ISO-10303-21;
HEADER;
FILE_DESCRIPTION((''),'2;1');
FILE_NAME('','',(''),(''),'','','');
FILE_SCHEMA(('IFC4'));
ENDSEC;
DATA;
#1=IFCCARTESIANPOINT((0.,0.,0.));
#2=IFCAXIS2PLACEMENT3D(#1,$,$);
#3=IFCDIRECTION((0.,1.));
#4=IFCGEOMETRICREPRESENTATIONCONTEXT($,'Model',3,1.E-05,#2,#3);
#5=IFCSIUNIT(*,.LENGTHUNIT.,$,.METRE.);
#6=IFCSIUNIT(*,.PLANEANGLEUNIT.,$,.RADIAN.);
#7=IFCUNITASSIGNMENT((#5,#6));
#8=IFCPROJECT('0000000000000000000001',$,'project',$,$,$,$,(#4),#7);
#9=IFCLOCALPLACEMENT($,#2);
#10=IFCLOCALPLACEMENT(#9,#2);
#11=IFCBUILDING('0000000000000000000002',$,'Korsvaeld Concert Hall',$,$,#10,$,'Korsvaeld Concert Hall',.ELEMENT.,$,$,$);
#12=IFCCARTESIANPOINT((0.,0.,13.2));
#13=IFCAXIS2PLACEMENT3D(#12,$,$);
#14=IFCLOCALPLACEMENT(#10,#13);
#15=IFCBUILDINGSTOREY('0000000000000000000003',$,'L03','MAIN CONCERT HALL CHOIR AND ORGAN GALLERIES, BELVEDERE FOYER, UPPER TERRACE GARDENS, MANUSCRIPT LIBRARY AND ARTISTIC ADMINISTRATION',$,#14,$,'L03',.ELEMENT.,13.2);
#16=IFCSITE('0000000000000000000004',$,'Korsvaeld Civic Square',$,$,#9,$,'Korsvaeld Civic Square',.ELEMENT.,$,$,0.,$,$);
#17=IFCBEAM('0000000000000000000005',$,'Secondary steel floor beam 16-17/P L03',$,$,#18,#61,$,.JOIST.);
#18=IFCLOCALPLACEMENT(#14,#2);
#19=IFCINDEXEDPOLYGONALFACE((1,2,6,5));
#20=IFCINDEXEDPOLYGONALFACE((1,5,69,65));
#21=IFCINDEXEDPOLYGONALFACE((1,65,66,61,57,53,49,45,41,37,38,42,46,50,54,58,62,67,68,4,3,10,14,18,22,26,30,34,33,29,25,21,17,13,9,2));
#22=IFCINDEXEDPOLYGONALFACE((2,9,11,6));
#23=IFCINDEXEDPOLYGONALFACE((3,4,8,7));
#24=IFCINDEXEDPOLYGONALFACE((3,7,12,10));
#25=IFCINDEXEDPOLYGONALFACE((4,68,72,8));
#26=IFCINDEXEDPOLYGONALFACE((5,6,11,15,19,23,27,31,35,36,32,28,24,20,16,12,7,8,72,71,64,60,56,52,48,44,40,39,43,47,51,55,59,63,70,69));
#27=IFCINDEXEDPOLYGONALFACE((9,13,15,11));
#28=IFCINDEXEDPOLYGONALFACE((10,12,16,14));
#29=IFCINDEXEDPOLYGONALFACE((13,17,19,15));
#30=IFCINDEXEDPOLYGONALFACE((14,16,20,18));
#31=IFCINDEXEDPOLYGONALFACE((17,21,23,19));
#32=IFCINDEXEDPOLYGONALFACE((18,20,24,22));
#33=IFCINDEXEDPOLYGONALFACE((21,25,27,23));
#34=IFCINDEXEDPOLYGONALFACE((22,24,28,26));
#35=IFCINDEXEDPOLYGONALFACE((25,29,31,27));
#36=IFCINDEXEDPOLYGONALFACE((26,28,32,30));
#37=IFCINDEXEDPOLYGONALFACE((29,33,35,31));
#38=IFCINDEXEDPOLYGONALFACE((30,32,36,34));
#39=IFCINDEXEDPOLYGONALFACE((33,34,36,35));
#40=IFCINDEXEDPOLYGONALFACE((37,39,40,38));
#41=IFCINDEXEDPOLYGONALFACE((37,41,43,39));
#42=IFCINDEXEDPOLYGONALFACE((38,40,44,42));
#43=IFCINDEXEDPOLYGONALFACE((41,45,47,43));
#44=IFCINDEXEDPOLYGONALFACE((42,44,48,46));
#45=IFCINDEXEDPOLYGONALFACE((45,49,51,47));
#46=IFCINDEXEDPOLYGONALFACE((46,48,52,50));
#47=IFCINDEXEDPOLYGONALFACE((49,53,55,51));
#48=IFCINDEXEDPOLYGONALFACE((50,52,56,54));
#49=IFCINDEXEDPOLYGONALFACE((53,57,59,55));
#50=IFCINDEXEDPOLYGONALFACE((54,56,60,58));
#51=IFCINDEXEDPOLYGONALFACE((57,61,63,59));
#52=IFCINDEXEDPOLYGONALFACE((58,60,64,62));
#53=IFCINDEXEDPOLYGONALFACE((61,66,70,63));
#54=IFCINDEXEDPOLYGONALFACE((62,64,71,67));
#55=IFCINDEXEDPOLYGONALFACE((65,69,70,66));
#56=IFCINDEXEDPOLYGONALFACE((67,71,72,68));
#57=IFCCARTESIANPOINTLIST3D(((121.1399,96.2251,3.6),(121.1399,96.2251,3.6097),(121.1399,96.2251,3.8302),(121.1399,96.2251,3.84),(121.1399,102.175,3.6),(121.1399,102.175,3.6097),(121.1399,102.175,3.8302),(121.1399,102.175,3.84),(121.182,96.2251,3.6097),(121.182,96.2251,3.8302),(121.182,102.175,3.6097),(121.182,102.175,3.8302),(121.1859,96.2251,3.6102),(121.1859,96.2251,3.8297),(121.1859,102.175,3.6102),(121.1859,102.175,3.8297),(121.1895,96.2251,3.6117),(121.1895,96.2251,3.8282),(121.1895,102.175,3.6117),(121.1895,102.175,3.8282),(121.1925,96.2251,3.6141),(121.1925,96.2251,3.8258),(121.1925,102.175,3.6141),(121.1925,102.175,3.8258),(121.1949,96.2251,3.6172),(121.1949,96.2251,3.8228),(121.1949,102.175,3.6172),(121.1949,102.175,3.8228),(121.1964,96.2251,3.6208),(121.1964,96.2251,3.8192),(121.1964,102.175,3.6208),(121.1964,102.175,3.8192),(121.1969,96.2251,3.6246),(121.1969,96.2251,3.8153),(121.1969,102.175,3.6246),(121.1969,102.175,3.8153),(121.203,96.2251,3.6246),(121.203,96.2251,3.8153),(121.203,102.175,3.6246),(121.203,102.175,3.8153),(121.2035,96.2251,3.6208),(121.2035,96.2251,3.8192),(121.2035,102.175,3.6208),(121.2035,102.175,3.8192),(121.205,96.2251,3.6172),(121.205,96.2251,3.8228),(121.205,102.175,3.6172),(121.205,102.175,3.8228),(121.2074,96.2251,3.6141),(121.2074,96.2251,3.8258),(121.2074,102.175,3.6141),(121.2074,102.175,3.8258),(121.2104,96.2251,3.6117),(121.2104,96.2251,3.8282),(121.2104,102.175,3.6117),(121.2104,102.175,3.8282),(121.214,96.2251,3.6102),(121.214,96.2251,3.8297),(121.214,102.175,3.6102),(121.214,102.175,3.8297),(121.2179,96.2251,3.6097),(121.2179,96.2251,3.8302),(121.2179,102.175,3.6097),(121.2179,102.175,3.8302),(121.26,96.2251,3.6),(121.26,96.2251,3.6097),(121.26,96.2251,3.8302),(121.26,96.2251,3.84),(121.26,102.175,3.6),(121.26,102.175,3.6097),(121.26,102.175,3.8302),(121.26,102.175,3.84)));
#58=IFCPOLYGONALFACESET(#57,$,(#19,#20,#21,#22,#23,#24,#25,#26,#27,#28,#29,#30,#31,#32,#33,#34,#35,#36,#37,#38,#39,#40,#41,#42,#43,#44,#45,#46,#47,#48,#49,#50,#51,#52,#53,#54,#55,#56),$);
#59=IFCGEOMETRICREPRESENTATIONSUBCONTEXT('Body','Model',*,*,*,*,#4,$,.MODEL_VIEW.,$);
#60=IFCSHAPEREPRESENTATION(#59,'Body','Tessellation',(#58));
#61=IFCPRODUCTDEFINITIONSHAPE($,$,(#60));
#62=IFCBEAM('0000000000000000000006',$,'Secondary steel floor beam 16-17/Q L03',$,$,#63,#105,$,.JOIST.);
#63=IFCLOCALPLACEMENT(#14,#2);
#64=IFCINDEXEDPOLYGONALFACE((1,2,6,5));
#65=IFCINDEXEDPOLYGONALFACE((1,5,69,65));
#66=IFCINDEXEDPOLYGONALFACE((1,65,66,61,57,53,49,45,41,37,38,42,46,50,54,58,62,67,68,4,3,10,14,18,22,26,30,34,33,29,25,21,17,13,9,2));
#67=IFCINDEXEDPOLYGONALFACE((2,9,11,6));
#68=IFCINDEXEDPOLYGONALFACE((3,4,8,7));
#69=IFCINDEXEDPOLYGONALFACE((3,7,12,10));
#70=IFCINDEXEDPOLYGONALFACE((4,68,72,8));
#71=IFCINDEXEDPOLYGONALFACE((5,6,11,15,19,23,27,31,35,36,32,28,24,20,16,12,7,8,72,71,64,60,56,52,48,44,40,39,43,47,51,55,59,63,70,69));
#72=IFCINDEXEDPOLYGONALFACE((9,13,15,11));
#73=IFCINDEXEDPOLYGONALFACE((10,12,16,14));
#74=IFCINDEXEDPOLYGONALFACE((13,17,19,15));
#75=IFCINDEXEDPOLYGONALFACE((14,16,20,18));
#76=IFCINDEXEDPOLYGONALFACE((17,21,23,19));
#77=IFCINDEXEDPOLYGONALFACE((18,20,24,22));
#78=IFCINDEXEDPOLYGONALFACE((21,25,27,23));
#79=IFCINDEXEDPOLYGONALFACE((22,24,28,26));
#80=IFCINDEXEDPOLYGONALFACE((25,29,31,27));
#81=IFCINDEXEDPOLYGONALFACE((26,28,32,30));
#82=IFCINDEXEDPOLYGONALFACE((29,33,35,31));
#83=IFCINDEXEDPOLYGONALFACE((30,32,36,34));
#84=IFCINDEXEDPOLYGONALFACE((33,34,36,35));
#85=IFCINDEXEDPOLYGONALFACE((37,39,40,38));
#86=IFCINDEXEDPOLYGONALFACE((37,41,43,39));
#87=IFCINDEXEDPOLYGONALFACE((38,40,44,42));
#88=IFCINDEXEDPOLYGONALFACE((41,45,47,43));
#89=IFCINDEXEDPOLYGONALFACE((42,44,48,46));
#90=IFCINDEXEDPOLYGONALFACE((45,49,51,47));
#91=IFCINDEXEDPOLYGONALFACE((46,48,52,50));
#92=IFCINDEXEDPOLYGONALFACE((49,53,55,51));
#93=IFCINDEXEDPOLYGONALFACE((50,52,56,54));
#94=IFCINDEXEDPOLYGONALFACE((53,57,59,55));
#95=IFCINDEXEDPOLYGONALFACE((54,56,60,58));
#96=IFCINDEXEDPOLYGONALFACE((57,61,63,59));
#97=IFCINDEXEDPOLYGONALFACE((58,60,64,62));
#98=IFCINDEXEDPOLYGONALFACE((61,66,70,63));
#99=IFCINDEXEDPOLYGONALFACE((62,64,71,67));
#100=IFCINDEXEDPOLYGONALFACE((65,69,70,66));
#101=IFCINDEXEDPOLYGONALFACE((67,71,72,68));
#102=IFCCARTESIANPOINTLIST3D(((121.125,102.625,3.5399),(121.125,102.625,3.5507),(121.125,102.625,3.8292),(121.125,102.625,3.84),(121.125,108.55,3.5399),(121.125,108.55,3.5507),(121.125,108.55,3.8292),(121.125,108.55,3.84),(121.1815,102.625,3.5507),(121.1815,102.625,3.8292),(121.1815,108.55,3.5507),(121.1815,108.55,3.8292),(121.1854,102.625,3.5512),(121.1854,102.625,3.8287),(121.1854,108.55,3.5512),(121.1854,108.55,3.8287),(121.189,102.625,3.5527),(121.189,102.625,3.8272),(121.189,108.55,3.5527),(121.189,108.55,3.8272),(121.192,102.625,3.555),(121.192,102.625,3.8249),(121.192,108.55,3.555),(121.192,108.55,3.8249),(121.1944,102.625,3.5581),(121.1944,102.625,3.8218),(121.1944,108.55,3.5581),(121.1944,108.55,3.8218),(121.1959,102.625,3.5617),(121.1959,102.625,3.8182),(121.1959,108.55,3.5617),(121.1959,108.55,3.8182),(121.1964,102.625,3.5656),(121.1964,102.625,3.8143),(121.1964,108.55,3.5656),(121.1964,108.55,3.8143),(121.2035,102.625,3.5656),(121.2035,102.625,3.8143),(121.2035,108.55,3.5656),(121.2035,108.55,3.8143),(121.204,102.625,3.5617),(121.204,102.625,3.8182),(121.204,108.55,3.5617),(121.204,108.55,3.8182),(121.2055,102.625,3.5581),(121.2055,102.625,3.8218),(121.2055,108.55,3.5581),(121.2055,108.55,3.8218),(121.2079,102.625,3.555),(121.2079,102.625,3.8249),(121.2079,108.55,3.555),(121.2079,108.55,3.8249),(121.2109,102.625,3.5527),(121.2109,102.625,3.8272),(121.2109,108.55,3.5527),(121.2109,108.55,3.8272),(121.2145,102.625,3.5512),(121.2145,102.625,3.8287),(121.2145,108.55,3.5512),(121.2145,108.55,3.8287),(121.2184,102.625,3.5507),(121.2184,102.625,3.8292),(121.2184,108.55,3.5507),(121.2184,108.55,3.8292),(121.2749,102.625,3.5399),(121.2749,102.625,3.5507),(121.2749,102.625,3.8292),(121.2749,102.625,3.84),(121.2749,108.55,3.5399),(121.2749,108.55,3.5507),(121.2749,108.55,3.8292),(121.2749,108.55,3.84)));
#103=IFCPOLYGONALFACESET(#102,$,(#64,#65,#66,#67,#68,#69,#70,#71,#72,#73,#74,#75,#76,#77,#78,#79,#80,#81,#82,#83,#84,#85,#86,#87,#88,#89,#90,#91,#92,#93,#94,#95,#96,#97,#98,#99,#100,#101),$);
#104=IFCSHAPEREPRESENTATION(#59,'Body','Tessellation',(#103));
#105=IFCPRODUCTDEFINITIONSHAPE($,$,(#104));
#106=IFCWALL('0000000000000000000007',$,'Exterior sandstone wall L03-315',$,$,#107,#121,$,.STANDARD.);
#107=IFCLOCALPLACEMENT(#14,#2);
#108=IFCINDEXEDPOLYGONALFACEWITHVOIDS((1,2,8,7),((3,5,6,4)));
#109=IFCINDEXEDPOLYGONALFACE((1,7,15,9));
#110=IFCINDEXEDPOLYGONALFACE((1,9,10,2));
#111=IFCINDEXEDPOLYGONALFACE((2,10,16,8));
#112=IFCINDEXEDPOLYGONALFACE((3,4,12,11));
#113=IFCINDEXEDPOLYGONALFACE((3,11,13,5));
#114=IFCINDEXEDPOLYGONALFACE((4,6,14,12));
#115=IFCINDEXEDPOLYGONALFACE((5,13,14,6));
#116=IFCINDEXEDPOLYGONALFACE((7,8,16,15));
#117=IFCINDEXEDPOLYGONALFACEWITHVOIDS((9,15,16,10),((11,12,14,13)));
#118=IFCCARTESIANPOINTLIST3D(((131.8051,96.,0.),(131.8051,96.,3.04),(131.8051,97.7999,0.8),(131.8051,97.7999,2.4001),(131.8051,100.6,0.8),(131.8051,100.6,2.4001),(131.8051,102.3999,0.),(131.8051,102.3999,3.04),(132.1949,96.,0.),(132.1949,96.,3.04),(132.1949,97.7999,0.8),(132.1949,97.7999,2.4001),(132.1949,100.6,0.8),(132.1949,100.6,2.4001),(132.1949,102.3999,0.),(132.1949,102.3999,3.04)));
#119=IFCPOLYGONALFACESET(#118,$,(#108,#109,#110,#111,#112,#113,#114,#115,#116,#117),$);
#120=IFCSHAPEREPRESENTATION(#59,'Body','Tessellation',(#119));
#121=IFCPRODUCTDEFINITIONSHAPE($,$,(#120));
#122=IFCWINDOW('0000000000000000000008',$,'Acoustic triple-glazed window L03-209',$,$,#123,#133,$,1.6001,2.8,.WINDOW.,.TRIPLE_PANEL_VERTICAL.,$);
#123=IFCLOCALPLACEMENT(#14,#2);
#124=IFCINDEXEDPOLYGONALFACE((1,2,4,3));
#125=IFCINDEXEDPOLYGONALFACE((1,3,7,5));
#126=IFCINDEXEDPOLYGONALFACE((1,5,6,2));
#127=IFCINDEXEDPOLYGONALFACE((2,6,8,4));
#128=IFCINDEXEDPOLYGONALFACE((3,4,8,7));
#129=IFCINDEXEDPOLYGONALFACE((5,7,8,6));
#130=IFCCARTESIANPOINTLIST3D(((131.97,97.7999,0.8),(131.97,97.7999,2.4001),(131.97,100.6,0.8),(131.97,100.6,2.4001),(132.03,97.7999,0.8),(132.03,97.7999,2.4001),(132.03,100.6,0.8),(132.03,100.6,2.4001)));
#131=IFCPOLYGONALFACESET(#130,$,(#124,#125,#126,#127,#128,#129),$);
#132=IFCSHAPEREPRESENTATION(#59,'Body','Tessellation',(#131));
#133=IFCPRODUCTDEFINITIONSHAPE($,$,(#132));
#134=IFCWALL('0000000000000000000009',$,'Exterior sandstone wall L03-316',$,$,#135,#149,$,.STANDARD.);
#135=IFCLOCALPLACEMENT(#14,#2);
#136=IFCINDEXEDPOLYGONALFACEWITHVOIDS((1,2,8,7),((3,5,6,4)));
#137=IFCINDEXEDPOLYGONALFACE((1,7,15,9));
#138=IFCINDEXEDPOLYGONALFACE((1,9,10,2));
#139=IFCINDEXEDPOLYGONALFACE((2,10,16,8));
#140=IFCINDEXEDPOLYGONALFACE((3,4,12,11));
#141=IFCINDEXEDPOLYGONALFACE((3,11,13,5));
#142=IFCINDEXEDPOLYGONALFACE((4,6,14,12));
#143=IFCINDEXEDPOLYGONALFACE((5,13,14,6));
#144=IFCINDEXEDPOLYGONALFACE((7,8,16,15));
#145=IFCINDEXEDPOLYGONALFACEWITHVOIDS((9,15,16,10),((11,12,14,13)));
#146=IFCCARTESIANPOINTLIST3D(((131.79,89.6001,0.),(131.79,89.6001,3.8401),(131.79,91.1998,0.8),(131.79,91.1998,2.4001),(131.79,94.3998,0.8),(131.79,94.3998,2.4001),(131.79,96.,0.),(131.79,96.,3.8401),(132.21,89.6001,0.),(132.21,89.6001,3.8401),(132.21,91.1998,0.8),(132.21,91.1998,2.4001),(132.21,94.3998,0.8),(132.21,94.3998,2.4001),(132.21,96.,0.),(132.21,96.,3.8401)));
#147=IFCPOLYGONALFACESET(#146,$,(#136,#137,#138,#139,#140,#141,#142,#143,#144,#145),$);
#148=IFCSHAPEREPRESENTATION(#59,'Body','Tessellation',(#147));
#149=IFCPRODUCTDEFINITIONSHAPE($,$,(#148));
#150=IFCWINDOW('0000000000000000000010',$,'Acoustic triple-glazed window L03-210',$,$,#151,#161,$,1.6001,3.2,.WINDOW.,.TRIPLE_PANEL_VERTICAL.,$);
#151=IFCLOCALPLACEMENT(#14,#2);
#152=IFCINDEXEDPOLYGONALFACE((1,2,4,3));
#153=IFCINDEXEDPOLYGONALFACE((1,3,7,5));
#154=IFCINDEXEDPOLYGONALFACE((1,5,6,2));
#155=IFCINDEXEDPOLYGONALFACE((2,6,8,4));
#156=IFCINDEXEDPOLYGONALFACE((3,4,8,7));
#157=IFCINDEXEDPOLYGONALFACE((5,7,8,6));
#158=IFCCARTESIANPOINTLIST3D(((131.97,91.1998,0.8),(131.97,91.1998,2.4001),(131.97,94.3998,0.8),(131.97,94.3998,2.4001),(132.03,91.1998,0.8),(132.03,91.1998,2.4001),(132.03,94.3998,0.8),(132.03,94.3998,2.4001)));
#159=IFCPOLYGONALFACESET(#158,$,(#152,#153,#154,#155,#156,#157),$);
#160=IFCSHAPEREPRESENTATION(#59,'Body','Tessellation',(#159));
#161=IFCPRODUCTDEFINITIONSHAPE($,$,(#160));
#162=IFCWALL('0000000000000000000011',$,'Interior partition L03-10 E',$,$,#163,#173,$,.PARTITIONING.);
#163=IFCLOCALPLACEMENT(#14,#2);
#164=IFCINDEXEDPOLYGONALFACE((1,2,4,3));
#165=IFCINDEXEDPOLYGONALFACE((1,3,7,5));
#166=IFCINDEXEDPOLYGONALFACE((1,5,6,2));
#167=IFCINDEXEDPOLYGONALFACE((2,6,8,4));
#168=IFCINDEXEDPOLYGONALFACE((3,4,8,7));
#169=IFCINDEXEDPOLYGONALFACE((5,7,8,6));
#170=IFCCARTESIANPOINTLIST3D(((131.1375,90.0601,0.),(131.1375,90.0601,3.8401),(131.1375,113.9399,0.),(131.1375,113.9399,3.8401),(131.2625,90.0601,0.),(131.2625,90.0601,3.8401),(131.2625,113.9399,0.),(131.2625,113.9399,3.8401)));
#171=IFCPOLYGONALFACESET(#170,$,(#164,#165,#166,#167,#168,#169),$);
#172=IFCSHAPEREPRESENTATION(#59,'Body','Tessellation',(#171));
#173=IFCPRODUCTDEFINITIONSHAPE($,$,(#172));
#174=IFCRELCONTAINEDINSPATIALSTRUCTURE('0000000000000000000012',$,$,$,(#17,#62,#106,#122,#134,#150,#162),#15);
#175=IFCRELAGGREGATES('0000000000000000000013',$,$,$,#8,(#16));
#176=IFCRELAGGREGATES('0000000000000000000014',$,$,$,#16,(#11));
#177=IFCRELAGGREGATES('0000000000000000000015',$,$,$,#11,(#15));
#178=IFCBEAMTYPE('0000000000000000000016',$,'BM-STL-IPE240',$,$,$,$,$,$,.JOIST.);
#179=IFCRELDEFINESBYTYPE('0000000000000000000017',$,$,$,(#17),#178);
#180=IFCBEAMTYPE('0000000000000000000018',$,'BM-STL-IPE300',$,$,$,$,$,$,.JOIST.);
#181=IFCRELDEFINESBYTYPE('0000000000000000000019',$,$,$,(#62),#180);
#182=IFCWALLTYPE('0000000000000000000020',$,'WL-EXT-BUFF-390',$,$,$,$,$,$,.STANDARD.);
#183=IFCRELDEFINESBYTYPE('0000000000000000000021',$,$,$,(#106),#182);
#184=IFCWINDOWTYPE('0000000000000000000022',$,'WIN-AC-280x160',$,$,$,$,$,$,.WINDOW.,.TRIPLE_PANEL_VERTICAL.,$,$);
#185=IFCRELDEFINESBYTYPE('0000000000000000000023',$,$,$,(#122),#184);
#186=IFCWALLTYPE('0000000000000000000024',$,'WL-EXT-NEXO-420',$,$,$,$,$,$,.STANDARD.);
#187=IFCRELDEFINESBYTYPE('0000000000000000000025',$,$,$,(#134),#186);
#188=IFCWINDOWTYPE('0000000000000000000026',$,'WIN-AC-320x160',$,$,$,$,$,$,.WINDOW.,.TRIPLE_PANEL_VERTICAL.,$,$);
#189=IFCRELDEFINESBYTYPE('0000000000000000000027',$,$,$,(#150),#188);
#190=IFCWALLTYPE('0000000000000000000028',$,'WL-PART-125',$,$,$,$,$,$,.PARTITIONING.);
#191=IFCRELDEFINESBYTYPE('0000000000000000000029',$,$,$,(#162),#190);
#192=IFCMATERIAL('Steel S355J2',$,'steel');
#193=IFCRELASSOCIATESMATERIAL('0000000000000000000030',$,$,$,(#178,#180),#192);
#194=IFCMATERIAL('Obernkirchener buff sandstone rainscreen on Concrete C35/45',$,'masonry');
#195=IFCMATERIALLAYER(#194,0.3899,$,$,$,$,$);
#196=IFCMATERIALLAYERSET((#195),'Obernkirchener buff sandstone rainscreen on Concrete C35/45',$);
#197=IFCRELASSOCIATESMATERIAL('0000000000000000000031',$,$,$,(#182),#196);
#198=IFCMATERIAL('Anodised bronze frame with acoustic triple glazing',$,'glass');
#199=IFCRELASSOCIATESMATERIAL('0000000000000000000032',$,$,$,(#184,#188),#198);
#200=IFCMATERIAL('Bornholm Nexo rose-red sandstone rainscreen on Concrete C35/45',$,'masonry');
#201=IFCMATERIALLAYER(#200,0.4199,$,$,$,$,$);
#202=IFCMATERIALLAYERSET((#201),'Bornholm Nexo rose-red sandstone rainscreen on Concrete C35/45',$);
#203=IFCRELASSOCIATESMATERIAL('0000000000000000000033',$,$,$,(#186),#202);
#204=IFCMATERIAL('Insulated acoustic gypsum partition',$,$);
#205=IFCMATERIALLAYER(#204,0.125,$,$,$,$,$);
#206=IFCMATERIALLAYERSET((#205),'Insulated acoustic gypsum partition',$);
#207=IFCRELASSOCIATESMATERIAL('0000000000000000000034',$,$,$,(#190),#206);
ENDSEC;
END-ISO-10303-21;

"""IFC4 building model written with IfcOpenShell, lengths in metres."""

from ifc_helpers import new_model, si_unit, direction, frame, frame_2d, origin, origin_2d, place, context, subcontext, project, spatial, rectangle, i_section, extrude, material, layer, layer_set, material_profile, profile_set, type_object, element, fill, save


model = new_model("IFC4")

# Units and contexts
model_context = context("Model", 3, precision=1e-05, world=origin(), true_north=direction((0.0, 1.0)))
body_context = subcontext(model_context, "Body", "Model", "MODEL_VIEW")
ifc_project = project(units=[si_unit("LENGTHUNIT", "METRE"), si_unit("PLANEANGLEUNIT", "RADIAN")], contexts=[model_context])

# Site, building, storey
site_placement = place(None, origin())
site = spatial("IfcSite", under=ifc_project, at=site_placement, Name="Korsvaeld Civic Square", LongName="Korsvaeld Civic Square", CompositionType="ELEMENT", RefElevation=0.0)
building_placement = place(site_placement, origin())
building = spatial("IfcBuilding", under=site, at=building_placement, Name="Korsvaeld Concert Hall", LongName="Korsvaeld Concert Hall", CompositionType="ELEMENT")
storey_placement = place(building_placement, frame((0.0, 0.0, 13.2)))
storey = spatial("IfcBuildingStorey", under=building, at=storey_placement, Name="L03", Description="MAIN CONCERT HALL CHOIR AND ORGAN GALLERIES, BELVEDERE FOYER, UPPER TERRACE GARDENS, MANUSCRIPT LIBRARY AND ARTISTIC ADMINISTRATION", LongName="L03", CompositionType="ELEMENT", Elevation=13.2)

# Beams
ifc_material_1 = material(Name="Steel S355J2", Category="steel")
ifc_material_profile_1 = material_profile(ifc_material_1, i_section(OverallWidth=0.1201, OverallDepth=0.24, WebThickness=0.0061, FlangeThickness=0.0098, FilletRadius=0.0149, at=origin_2d()), Name="IPE 240")
ifc_profile_set_1 = profile_set([ifc_material_profile_1], Name="Steel S355J2")
beam_type_1 = type_object("IfcBeamType", Name="BM-STL-IPE240", PredefinedType="JOIST", material=ifc_profile_set_1)
beam_1_placement = place(storey_placement, frame((121.2, 96.2251, 3.72), z_axis=(0.0, 1.0, 0.0), x_axis=(-1.0, 0.0, 0.0)))
element("IfcBeam", 1, at=beam_1_placement, inside=storey, type_object=beam_type_1, Name="Secondary steel floor beam 16-17/P L03", PredefinedType="JOIST", context=body_context, shape_type="SweptSolid", body=[
    extrude(i_section(OverallWidth=0.1201, OverallDepth=0.24, WebThickness=0.0061, FlangeThickness=0.0098, FilletRadius=0.0149, at=origin_2d()), origin(), (0.0, 0.0, 1.0), 5.95),
])
ifc_material_profile_2 = material_profile(ifc_material_1, i_section(OverallWidth=0.1499, OverallDepth=0.3, WebThickness=0.0071, FlangeThickness=0.0107, FilletRadius=0.0149, at=origin_2d()), Name="IPE 300")
ifc_profile_set_2 = profile_set([ifc_material_profile_2], Name="Steel S355J2")
beam_type_2 = type_object("IfcBeamType", Name="BM-STL-IPE300", PredefinedType="JOIST", material=ifc_profile_set_2)
beam_2_placement = place(storey_placement, frame((121.2, 102.625, 3.6899), z_axis=(0.0, 1.0, 0.0), x_axis=(-1.0, 0.0, 0.0)))
element("IfcBeam", 2, at=beam_2_placement, inside=storey, type_object=beam_type_2, Name="Secondary steel floor beam 16-17/Q L03", PredefinedType="JOIST", context=body_context, shape_type="SweptSolid", body=[
    extrude(i_section(OverallWidth=0.1499, OverallDepth=0.3, WebThickness=0.0071, FlangeThickness=0.0107, FilletRadius=0.0149, at=origin_2d()), origin(), (0.0, 0.0, 1.0), 5.925),
])

# Walls, openings, windows
ifc_material_2 = material(Name="Obernkirchener buff sandstone rainscreen on Concrete C35/45", Category="masonry")
ifc_layer_1 = layer(ifc_material_2, 0.3899)
ifc_layer_set_1 = layer_set([ifc_layer_1], Name="Obernkirchener buff sandstone rainscreen on Concrete C35/45")
wall_type_1 = type_object("IfcWallType", Name="WL-EXT-BUFF-390", PredefinedType="STANDARD", material=ifc_layer_set_1)
wall_1_placement = place(storey_placement, frame((132.0, 102.3999, 0.0), z_axis=(0.0, 0.0, 1.0), x_axis=(0.0, -1.0, 0.0)))
wall_1 = element("IfcWall", 3, at=wall_1_placement, inside=storey, type_object=wall_type_1, Name="Exterior sandstone wall L03-315", PredefinedType="STANDARD", context=body_context, shape_type="SweptSolid", body=[
    extrude(rectangle(XDim=6.3999, YDim=0.3899, at=frame_2d((3.2, 0.0))), origin(), (0.0, 0.0, 1.0), 3.04),
])
opening_1_placement = place(wall_1_placement, frame((1.8, 0.0, 0.8)))
opening_1 = element("IfcOpeningElement", 4, at=opening_1_placement, cuts=wall_1, PredefinedType="OPENING", context=body_context, shape_type="SweptSolid", body=[
    extrude(rectangle(XDim=2.8, YDim=1.6001, at=frame_2d((1.3999, 0.8))), frame((0.0, 0.2051, 0.0), z_axis=(0.0, -1.0, 0.0), x_axis=(1.0, 0.0, 0.0)), (0.0, 0.0, 1.0), 0.4099),
])
ifc_material_3 = material(Name="Anodised bronze frame with acoustic triple glazing", Category="glass")
window_type_1 = type_object("IfcWindowType", Name="WIN-AC-280x160", PartitioningType="TRIPLE_PANEL_VERTICAL", PredefinedType="WINDOW", material=ifc_material_3)
window_1_placement = place(opening_1_placement, origin())
window_1 = element("IfcWindow", 5, at=window_1_placement, inside=storey, type_object=window_type_1, Name="Acoustic triple-glazed window L03-209", OverallHeight=1.6001, OverallWidth=2.8, PartitioningType="TRIPLE_PANEL_VERTICAL", PredefinedType="WINDOW", context=body_context, shape_type="SweptSolid", body=[
    extrude(rectangle(XDim=2.8, YDim=1.6001, at=frame_2d((1.3999, 0.8))), frame((0.0, 0.03, 0.0), z_axis=(0.0, -1.0, 0.0), x_axis=(1.0, 0.0, 0.0)), (0.0, 0.0, 1.0), 0.0601),
])
fill(opening_1, window_1)
ifc_material_4 = material(Name="Bornholm Nexo rose-red sandstone rainscreen on Concrete C35/45", Category="masonry")
ifc_layer_2 = layer(ifc_material_4, 0.4199)
ifc_layer_set_2 = layer_set([ifc_layer_2], Name="Bornholm Nexo rose-red sandstone rainscreen on Concrete C35/45")
wall_type_2 = type_object("IfcWallType", Name="WL-EXT-NEXO-420", PredefinedType="STANDARD", material=ifc_layer_set_2)
wall_2_placement = place(storey_placement, frame((132.0, 96.0, 0.0), z_axis=(0.0, 0.0, 1.0), x_axis=(0.0, -1.0, 0.0)))
wall_2 = element("IfcWall", 6, at=wall_2_placement, inside=storey, type_object=wall_type_2, Name="Exterior sandstone wall L03-316", PredefinedType="STANDARD", context=body_context, shape_type="SweptSolid", body=[
    extrude(rectangle(XDim=6.3999, YDim=0.4199, at=frame_2d((3.2, 0.0))), origin(), (0.0, 0.0, 1.0), 3.8401),
])
opening_2_placement = place(wall_2_placement, frame((1.6001, 0.0, 0.8)))
opening_2 = element("IfcOpeningElement", 7, at=opening_2_placement, cuts=wall_2, PredefinedType="OPENING", context=body_context, shape_type="SweptSolid", body=[
    extrude(rectangle(XDim=3.2, YDim=1.6001, at=frame_2d((1.6001, 0.8))), frame((0.0, 0.22, 0.0), z_axis=(0.0, -1.0, 0.0), x_axis=(1.0, 0.0, 0.0)), (0.0, 0.0, 1.0), 0.4399),
])
window_type_2 = type_object("IfcWindowType", Name="WIN-AC-320x160", PartitioningType="TRIPLE_PANEL_VERTICAL", PredefinedType="WINDOW", material=ifc_material_3)
window_2_placement = place(opening_2_placement, origin())
window_2 = element("IfcWindow", 8, at=window_2_placement, inside=storey, type_object=window_type_2, Name="Acoustic triple-glazed window L03-210", OverallHeight=1.6001, OverallWidth=3.2, PartitioningType="TRIPLE_PANEL_VERTICAL", PredefinedType="WINDOW", context=body_context, shape_type="SweptSolid", body=[
    extrude(rectangle(XDim=3.2, YDim=1.6001, at=frame_2d((1.6001, 0.8))), frame((0.0, 0.03, 0.0), z_axis=(0.0, -1.0, 0.0), x_axis=(1.0, 0.0, 0.0)), (0.0, 0.0, 1.0), 0.0601),
])
fill(opening_2, window_2)

# Wall
ifc_material_5 = material(Name="Insulated acoustic gypsum partition")
ifc_layer_3 = layer(ifc_material_5, 0.125)
ifc_layer_set_3 = layer_set([ifc_layer_3], Name="Insulated acoustic gypsum partition")
wall_type_3 = type_object("IfcWallType", Name="WL-PART-125", PredefinedType="PARTITIONING", material=ifc_layer_set_3)
wall_3_placement = place(storey_placement, frame((131.2, 90.0601, 0.0), z_axis=(0.0, 0.0, 1.0), x_axis=(0.0, 1.0, 0.0)))
element("IfcWall", 9, at=wall_3_placement, inside=storey, type_object=wall_type_3, Name="Interior partition L03-10 E", PredefinedType="PARTITIONING", context=body_context, shape_type="SweptSolid", body=[
    extrude(rectangle(XDim=23.8799, YDim=0.125, at=frame_2d((11.9399, 0.0))), origin(), (0.0, 0.0, 1.0), 3.8401),
])

save(model, "model.ifc")
